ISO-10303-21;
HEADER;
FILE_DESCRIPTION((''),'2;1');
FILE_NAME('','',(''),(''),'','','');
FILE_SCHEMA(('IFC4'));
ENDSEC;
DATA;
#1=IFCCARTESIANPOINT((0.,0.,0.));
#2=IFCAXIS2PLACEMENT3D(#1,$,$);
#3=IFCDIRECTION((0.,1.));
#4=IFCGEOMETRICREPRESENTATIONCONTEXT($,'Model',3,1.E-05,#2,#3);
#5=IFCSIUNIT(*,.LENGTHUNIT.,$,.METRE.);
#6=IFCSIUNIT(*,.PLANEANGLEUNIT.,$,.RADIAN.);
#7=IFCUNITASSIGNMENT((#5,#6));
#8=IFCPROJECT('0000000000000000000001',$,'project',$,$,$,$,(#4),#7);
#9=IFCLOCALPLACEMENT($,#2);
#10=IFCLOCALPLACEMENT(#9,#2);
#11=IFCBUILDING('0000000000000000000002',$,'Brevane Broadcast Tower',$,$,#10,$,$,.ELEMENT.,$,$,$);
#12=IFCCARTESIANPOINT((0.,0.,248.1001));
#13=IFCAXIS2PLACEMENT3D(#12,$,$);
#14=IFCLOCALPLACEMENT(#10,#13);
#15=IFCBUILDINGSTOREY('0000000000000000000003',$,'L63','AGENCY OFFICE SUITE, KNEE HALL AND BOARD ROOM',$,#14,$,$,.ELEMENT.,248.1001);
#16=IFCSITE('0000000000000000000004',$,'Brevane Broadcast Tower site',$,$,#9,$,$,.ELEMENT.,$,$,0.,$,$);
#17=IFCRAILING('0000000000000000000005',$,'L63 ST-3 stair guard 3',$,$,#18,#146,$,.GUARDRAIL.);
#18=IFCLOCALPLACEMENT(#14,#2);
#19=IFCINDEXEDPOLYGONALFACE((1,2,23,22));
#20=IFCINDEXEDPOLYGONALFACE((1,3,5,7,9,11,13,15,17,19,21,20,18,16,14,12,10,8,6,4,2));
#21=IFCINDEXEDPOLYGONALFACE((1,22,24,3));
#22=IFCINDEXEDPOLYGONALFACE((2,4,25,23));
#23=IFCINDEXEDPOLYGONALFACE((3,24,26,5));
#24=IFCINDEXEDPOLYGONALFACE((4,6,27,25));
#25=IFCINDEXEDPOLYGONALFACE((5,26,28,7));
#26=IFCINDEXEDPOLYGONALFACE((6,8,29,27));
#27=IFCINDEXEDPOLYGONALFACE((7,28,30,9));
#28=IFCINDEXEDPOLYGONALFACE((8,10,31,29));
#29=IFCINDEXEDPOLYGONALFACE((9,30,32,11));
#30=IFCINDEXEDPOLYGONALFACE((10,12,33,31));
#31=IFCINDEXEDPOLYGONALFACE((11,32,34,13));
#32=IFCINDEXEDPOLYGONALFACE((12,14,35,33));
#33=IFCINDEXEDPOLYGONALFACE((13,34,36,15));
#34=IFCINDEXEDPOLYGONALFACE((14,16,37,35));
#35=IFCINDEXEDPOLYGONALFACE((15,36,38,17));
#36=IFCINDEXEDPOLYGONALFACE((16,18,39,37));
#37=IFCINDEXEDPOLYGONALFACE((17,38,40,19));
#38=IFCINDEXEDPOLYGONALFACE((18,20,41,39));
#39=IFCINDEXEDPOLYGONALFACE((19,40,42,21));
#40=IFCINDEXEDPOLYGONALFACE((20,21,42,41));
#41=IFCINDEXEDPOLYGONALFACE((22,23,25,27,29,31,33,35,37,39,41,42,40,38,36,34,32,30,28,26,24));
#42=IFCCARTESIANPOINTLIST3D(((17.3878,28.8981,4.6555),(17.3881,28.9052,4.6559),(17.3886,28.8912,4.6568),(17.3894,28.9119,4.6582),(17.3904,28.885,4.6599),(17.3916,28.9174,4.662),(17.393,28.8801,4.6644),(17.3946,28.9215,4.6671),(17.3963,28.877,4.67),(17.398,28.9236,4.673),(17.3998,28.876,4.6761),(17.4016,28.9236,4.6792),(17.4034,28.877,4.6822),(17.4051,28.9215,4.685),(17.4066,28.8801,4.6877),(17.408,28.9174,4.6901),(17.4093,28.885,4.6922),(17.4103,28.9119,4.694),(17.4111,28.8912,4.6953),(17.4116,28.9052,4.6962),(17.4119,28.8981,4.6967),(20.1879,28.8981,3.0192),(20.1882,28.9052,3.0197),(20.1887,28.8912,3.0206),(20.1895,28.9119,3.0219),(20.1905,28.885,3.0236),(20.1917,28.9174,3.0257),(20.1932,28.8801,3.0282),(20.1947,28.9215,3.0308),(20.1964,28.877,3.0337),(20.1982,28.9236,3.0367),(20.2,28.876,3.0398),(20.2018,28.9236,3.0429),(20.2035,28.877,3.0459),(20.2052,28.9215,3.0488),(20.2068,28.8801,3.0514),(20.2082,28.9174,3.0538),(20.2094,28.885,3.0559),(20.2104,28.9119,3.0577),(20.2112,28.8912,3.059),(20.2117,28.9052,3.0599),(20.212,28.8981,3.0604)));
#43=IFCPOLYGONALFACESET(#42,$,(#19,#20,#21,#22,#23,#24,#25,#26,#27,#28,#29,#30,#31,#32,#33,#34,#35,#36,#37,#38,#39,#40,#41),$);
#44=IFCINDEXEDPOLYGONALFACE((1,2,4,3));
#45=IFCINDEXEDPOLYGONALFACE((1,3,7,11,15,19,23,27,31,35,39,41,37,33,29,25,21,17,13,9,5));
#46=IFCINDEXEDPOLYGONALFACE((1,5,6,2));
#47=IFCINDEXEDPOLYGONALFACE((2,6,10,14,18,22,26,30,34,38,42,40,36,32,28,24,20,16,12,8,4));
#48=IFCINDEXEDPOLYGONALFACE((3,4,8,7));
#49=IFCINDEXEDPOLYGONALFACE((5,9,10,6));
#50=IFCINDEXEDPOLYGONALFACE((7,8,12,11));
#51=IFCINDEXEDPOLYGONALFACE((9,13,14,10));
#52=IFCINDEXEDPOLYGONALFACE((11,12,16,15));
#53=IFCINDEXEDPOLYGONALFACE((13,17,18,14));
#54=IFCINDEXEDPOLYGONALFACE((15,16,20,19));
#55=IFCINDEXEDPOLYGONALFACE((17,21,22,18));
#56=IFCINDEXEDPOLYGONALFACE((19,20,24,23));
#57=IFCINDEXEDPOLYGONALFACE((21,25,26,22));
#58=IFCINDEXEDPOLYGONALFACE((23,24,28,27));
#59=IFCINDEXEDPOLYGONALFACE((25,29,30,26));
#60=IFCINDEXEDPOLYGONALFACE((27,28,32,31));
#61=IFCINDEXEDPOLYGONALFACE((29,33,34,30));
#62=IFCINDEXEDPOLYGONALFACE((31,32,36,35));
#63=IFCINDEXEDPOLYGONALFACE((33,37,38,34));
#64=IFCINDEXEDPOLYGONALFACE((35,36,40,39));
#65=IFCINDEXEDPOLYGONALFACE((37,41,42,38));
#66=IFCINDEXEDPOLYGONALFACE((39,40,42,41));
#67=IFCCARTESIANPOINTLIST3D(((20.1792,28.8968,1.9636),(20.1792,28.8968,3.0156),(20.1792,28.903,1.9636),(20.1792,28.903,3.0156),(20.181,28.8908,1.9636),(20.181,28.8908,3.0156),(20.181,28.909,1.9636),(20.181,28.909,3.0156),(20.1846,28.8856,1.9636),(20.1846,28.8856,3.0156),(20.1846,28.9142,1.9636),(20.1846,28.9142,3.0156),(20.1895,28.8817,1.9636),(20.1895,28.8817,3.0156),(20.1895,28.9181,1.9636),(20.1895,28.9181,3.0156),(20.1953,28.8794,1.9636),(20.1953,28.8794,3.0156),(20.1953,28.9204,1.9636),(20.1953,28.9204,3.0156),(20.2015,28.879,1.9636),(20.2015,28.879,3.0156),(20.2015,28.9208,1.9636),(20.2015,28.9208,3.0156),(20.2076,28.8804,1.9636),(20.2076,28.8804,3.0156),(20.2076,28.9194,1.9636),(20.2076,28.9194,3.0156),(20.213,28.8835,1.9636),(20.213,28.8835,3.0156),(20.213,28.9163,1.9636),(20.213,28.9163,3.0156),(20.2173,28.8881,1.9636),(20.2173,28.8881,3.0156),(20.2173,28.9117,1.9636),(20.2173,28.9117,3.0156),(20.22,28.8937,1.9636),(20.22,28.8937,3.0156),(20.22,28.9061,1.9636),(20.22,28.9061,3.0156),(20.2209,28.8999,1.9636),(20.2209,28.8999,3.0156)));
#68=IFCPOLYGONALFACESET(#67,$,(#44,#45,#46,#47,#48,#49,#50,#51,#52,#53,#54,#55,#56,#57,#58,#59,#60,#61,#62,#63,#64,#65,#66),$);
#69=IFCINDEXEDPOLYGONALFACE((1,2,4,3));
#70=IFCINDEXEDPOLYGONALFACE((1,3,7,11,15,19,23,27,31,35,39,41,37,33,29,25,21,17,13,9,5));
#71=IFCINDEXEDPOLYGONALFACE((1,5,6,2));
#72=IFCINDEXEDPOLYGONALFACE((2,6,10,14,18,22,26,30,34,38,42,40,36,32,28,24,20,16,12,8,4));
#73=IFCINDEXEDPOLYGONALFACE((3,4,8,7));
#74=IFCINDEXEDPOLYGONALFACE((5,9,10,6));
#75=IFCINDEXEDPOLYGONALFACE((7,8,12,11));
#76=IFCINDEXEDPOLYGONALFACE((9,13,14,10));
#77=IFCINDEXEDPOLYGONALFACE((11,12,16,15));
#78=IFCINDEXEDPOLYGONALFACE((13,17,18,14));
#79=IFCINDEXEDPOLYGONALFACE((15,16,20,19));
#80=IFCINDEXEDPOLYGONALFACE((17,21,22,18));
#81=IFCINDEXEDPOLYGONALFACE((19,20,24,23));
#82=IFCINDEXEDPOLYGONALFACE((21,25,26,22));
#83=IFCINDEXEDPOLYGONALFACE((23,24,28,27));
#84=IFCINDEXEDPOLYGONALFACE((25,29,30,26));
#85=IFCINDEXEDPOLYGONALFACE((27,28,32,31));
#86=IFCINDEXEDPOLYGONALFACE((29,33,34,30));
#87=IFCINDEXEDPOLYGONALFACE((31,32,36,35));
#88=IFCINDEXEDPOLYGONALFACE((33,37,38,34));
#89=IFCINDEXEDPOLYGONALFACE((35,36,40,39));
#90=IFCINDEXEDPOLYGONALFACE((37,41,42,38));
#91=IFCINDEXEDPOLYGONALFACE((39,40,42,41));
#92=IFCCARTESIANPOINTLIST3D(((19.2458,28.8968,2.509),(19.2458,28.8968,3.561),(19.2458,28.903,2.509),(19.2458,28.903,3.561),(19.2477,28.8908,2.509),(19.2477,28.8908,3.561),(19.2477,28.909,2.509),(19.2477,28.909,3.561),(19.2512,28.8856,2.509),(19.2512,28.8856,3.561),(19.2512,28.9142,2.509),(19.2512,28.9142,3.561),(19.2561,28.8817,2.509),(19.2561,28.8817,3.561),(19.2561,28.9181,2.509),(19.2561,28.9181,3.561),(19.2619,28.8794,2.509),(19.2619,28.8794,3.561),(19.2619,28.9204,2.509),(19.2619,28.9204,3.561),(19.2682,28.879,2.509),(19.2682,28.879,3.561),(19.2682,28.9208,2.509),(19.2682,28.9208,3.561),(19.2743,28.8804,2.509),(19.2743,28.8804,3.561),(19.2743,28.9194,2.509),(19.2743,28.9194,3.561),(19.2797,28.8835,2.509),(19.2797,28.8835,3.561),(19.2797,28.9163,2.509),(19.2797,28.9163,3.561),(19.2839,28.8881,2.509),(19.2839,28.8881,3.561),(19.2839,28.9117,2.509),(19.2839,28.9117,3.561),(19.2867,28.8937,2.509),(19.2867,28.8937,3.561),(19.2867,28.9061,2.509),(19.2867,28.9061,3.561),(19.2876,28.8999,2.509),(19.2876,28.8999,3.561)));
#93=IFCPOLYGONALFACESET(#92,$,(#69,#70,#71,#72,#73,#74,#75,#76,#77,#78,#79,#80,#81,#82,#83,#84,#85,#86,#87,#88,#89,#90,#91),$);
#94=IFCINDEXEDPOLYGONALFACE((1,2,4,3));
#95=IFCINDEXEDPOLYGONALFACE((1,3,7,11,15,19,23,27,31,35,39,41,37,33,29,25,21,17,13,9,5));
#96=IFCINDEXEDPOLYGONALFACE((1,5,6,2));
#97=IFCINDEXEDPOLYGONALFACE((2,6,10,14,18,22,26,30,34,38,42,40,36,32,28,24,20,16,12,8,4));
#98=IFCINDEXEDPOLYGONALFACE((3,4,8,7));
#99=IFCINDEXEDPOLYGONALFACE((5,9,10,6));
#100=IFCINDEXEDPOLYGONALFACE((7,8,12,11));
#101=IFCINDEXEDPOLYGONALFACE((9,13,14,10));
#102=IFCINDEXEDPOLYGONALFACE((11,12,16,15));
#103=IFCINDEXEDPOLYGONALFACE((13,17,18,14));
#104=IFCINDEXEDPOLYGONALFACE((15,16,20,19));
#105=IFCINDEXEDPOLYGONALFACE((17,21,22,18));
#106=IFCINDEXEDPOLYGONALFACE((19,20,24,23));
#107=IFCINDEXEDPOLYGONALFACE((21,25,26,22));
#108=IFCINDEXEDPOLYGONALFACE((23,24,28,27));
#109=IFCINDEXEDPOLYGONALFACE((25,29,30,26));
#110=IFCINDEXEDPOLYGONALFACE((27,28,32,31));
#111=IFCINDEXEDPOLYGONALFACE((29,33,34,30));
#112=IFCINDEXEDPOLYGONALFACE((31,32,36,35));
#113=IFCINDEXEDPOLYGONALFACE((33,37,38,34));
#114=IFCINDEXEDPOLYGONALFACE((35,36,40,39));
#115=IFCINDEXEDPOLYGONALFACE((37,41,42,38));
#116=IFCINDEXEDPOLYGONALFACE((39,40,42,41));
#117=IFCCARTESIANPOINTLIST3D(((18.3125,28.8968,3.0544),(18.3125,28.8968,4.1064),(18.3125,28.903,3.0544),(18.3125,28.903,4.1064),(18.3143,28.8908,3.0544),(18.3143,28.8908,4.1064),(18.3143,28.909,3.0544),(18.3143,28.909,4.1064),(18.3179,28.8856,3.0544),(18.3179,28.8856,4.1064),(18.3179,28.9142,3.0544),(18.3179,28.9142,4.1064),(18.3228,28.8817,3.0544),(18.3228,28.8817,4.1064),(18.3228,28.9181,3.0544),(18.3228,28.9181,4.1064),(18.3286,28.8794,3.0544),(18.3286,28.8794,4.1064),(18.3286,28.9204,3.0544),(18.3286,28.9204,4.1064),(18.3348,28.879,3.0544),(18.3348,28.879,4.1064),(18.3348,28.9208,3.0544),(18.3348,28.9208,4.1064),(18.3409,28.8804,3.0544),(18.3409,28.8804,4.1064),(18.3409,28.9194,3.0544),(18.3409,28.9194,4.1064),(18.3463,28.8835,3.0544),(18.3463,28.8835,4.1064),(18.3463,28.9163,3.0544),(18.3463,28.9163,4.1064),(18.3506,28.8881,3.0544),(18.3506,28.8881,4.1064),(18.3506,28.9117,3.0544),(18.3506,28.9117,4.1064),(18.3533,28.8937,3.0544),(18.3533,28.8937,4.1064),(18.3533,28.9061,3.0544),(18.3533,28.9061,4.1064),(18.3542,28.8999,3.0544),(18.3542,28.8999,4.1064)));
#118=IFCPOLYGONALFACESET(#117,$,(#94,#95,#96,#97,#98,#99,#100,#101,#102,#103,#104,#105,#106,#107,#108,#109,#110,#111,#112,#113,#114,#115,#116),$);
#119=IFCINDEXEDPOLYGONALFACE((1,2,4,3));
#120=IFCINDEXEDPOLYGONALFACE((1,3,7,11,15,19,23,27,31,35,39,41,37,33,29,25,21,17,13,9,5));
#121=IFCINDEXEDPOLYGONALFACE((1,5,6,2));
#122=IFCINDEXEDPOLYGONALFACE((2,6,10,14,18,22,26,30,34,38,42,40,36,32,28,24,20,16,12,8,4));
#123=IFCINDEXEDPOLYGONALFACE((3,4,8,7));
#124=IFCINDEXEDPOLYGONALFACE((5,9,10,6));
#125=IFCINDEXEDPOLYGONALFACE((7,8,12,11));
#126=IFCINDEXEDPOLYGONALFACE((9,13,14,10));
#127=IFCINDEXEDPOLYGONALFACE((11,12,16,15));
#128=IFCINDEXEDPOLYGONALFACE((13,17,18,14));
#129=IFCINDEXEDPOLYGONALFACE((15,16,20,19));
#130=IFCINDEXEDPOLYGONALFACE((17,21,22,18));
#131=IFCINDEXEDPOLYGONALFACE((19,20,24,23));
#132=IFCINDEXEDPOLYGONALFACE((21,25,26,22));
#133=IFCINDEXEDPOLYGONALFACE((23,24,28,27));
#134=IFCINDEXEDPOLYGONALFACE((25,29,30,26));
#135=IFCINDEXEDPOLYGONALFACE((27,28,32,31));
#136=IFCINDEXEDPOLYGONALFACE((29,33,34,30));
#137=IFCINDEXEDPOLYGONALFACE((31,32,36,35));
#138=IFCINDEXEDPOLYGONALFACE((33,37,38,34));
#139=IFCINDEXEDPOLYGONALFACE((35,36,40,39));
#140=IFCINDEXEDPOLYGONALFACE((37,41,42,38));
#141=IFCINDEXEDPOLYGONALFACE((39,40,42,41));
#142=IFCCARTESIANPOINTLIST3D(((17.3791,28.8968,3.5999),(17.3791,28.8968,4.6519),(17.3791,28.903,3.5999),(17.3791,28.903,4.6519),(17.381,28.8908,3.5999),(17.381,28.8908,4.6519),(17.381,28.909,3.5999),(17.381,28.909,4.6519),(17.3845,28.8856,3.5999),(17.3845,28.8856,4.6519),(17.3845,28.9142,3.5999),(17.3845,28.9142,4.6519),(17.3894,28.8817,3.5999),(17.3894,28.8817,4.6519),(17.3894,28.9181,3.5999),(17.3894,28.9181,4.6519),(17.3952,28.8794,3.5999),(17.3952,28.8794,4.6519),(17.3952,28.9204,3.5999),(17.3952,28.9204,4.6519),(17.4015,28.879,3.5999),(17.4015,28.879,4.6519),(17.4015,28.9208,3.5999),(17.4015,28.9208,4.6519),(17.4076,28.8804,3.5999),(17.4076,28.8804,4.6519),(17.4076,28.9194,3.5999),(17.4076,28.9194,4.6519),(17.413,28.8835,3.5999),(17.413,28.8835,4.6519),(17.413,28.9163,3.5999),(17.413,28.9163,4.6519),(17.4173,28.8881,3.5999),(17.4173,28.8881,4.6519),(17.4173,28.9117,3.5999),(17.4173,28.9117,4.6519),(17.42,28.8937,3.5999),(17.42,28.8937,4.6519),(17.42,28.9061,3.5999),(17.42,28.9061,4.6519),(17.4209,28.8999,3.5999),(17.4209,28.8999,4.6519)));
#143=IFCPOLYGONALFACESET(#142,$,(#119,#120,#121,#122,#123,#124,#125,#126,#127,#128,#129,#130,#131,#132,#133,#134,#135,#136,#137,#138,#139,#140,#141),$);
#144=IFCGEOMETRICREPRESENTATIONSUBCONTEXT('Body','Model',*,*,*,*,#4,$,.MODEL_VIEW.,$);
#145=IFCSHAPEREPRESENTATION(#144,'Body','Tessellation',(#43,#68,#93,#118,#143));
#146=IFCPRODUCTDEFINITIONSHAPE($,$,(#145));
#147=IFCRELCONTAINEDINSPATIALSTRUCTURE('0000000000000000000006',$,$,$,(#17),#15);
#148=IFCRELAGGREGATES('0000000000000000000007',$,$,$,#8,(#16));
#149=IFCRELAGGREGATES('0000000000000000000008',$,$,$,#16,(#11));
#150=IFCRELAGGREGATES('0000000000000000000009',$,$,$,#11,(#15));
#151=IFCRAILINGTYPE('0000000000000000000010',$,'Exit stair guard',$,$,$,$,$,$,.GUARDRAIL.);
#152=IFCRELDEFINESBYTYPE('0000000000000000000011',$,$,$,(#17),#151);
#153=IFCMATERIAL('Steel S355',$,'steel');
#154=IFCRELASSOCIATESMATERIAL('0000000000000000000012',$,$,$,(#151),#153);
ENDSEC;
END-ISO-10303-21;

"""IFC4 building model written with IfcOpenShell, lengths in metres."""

from ifc_helpers import new_model, si_unit, direction, frame, origin, origin_2d, place, context, subcontext, project, spatial, circle, extrude, material, type_object, element, save


model = new_model("IFC4")

# Units and contexts
model_context = context("Model", 3, precision=1e-05, world=origin(), true_north=direction((0.0, 1.0)))
body_context = subcontext(model_context, "Body", "Model", "MODEL_VIEW")
ifc_project = project(units=[si_unit("LENGTHUNIT", "METRE"), si_unit("PLANEANGLEUNIT", "RADIAN")], contexts=[model_context])

# Site, building, storey
site_placement = place(None, origin())
site = spatial("IfcSite", under=ifc_project, at=site_placement, Name="Brevane Broadcast Tower site", CompositionType="ELEMENT", RefElevation=0.0)
building_placement = place(site_placement, origin())
building = spatial("IfcBuilding", under=site, at=building_placement, Name="Brevane Broadcast Tower", CompositionType="ELEMENT")
storey_placement = place(building_placement, frame((0.0, 0.0, 248.1001)))
storey = spatial("IfcBuildingStorey", under=building, at=storey_placement, Name="L63", Description="AGENCY OFFICE SUITE, KNEE HALL AND BOARD ROOM", CompositionType="ELEMENT", Elevation=248.1001)

# Railing
ifc_material_1 = material(Name="Steel S355", Category="steel")
railing_type_1 = type_object("IfcRailingType", Name="Exit stair guard", PredefinedType="GUARDRAIL", material=ifc_material_1)
railing_1_placement = place(storey_placement, frame((20.2, 28.8999, 1.9636)))
element("IfcRailing", 1, at=railing_1_placement, inside=storey, type_object=railing_type_1, Name="L63 ST-3 stair guard 3", PredefinedType="GUARDRAIL", context=body_context, shape_type="SweptSolid", body=[
    extrude(circle(Radius=0.0239, at=origin_2d()), frame((0.0, 0.0, 1.0762), z_axis=(-0.863394, 0.0, 0.504531), x_axis=(0.0, -1.0, 0.0)), (0.0, 0.0, 1.0), 3.2432),
    extrude(circle(Radius=0.021, at=origin_2d()), origin(), (0.0, 0.0, 1.0), 1.052),
    extrude(circle(Radius=0.021, at=origin_2d()), frame((-0.9333, 0.0, 0.5454)), (0.0, 0.0, 1.0), 1.052),
    extrude(circle(Radius=0.021, at=origin_2d()), frame((-1.8667, 0.0, 1.0908)), (0.0, 0.0, 1.0), 1.052),
    extrude(circle(Radius=0.021, at=origin_2d()), frame((-2.8, 0.0, 1.6362)), (0.0, 0.0, 1.0), 1.052),
])

save(model, "model.ifc")
